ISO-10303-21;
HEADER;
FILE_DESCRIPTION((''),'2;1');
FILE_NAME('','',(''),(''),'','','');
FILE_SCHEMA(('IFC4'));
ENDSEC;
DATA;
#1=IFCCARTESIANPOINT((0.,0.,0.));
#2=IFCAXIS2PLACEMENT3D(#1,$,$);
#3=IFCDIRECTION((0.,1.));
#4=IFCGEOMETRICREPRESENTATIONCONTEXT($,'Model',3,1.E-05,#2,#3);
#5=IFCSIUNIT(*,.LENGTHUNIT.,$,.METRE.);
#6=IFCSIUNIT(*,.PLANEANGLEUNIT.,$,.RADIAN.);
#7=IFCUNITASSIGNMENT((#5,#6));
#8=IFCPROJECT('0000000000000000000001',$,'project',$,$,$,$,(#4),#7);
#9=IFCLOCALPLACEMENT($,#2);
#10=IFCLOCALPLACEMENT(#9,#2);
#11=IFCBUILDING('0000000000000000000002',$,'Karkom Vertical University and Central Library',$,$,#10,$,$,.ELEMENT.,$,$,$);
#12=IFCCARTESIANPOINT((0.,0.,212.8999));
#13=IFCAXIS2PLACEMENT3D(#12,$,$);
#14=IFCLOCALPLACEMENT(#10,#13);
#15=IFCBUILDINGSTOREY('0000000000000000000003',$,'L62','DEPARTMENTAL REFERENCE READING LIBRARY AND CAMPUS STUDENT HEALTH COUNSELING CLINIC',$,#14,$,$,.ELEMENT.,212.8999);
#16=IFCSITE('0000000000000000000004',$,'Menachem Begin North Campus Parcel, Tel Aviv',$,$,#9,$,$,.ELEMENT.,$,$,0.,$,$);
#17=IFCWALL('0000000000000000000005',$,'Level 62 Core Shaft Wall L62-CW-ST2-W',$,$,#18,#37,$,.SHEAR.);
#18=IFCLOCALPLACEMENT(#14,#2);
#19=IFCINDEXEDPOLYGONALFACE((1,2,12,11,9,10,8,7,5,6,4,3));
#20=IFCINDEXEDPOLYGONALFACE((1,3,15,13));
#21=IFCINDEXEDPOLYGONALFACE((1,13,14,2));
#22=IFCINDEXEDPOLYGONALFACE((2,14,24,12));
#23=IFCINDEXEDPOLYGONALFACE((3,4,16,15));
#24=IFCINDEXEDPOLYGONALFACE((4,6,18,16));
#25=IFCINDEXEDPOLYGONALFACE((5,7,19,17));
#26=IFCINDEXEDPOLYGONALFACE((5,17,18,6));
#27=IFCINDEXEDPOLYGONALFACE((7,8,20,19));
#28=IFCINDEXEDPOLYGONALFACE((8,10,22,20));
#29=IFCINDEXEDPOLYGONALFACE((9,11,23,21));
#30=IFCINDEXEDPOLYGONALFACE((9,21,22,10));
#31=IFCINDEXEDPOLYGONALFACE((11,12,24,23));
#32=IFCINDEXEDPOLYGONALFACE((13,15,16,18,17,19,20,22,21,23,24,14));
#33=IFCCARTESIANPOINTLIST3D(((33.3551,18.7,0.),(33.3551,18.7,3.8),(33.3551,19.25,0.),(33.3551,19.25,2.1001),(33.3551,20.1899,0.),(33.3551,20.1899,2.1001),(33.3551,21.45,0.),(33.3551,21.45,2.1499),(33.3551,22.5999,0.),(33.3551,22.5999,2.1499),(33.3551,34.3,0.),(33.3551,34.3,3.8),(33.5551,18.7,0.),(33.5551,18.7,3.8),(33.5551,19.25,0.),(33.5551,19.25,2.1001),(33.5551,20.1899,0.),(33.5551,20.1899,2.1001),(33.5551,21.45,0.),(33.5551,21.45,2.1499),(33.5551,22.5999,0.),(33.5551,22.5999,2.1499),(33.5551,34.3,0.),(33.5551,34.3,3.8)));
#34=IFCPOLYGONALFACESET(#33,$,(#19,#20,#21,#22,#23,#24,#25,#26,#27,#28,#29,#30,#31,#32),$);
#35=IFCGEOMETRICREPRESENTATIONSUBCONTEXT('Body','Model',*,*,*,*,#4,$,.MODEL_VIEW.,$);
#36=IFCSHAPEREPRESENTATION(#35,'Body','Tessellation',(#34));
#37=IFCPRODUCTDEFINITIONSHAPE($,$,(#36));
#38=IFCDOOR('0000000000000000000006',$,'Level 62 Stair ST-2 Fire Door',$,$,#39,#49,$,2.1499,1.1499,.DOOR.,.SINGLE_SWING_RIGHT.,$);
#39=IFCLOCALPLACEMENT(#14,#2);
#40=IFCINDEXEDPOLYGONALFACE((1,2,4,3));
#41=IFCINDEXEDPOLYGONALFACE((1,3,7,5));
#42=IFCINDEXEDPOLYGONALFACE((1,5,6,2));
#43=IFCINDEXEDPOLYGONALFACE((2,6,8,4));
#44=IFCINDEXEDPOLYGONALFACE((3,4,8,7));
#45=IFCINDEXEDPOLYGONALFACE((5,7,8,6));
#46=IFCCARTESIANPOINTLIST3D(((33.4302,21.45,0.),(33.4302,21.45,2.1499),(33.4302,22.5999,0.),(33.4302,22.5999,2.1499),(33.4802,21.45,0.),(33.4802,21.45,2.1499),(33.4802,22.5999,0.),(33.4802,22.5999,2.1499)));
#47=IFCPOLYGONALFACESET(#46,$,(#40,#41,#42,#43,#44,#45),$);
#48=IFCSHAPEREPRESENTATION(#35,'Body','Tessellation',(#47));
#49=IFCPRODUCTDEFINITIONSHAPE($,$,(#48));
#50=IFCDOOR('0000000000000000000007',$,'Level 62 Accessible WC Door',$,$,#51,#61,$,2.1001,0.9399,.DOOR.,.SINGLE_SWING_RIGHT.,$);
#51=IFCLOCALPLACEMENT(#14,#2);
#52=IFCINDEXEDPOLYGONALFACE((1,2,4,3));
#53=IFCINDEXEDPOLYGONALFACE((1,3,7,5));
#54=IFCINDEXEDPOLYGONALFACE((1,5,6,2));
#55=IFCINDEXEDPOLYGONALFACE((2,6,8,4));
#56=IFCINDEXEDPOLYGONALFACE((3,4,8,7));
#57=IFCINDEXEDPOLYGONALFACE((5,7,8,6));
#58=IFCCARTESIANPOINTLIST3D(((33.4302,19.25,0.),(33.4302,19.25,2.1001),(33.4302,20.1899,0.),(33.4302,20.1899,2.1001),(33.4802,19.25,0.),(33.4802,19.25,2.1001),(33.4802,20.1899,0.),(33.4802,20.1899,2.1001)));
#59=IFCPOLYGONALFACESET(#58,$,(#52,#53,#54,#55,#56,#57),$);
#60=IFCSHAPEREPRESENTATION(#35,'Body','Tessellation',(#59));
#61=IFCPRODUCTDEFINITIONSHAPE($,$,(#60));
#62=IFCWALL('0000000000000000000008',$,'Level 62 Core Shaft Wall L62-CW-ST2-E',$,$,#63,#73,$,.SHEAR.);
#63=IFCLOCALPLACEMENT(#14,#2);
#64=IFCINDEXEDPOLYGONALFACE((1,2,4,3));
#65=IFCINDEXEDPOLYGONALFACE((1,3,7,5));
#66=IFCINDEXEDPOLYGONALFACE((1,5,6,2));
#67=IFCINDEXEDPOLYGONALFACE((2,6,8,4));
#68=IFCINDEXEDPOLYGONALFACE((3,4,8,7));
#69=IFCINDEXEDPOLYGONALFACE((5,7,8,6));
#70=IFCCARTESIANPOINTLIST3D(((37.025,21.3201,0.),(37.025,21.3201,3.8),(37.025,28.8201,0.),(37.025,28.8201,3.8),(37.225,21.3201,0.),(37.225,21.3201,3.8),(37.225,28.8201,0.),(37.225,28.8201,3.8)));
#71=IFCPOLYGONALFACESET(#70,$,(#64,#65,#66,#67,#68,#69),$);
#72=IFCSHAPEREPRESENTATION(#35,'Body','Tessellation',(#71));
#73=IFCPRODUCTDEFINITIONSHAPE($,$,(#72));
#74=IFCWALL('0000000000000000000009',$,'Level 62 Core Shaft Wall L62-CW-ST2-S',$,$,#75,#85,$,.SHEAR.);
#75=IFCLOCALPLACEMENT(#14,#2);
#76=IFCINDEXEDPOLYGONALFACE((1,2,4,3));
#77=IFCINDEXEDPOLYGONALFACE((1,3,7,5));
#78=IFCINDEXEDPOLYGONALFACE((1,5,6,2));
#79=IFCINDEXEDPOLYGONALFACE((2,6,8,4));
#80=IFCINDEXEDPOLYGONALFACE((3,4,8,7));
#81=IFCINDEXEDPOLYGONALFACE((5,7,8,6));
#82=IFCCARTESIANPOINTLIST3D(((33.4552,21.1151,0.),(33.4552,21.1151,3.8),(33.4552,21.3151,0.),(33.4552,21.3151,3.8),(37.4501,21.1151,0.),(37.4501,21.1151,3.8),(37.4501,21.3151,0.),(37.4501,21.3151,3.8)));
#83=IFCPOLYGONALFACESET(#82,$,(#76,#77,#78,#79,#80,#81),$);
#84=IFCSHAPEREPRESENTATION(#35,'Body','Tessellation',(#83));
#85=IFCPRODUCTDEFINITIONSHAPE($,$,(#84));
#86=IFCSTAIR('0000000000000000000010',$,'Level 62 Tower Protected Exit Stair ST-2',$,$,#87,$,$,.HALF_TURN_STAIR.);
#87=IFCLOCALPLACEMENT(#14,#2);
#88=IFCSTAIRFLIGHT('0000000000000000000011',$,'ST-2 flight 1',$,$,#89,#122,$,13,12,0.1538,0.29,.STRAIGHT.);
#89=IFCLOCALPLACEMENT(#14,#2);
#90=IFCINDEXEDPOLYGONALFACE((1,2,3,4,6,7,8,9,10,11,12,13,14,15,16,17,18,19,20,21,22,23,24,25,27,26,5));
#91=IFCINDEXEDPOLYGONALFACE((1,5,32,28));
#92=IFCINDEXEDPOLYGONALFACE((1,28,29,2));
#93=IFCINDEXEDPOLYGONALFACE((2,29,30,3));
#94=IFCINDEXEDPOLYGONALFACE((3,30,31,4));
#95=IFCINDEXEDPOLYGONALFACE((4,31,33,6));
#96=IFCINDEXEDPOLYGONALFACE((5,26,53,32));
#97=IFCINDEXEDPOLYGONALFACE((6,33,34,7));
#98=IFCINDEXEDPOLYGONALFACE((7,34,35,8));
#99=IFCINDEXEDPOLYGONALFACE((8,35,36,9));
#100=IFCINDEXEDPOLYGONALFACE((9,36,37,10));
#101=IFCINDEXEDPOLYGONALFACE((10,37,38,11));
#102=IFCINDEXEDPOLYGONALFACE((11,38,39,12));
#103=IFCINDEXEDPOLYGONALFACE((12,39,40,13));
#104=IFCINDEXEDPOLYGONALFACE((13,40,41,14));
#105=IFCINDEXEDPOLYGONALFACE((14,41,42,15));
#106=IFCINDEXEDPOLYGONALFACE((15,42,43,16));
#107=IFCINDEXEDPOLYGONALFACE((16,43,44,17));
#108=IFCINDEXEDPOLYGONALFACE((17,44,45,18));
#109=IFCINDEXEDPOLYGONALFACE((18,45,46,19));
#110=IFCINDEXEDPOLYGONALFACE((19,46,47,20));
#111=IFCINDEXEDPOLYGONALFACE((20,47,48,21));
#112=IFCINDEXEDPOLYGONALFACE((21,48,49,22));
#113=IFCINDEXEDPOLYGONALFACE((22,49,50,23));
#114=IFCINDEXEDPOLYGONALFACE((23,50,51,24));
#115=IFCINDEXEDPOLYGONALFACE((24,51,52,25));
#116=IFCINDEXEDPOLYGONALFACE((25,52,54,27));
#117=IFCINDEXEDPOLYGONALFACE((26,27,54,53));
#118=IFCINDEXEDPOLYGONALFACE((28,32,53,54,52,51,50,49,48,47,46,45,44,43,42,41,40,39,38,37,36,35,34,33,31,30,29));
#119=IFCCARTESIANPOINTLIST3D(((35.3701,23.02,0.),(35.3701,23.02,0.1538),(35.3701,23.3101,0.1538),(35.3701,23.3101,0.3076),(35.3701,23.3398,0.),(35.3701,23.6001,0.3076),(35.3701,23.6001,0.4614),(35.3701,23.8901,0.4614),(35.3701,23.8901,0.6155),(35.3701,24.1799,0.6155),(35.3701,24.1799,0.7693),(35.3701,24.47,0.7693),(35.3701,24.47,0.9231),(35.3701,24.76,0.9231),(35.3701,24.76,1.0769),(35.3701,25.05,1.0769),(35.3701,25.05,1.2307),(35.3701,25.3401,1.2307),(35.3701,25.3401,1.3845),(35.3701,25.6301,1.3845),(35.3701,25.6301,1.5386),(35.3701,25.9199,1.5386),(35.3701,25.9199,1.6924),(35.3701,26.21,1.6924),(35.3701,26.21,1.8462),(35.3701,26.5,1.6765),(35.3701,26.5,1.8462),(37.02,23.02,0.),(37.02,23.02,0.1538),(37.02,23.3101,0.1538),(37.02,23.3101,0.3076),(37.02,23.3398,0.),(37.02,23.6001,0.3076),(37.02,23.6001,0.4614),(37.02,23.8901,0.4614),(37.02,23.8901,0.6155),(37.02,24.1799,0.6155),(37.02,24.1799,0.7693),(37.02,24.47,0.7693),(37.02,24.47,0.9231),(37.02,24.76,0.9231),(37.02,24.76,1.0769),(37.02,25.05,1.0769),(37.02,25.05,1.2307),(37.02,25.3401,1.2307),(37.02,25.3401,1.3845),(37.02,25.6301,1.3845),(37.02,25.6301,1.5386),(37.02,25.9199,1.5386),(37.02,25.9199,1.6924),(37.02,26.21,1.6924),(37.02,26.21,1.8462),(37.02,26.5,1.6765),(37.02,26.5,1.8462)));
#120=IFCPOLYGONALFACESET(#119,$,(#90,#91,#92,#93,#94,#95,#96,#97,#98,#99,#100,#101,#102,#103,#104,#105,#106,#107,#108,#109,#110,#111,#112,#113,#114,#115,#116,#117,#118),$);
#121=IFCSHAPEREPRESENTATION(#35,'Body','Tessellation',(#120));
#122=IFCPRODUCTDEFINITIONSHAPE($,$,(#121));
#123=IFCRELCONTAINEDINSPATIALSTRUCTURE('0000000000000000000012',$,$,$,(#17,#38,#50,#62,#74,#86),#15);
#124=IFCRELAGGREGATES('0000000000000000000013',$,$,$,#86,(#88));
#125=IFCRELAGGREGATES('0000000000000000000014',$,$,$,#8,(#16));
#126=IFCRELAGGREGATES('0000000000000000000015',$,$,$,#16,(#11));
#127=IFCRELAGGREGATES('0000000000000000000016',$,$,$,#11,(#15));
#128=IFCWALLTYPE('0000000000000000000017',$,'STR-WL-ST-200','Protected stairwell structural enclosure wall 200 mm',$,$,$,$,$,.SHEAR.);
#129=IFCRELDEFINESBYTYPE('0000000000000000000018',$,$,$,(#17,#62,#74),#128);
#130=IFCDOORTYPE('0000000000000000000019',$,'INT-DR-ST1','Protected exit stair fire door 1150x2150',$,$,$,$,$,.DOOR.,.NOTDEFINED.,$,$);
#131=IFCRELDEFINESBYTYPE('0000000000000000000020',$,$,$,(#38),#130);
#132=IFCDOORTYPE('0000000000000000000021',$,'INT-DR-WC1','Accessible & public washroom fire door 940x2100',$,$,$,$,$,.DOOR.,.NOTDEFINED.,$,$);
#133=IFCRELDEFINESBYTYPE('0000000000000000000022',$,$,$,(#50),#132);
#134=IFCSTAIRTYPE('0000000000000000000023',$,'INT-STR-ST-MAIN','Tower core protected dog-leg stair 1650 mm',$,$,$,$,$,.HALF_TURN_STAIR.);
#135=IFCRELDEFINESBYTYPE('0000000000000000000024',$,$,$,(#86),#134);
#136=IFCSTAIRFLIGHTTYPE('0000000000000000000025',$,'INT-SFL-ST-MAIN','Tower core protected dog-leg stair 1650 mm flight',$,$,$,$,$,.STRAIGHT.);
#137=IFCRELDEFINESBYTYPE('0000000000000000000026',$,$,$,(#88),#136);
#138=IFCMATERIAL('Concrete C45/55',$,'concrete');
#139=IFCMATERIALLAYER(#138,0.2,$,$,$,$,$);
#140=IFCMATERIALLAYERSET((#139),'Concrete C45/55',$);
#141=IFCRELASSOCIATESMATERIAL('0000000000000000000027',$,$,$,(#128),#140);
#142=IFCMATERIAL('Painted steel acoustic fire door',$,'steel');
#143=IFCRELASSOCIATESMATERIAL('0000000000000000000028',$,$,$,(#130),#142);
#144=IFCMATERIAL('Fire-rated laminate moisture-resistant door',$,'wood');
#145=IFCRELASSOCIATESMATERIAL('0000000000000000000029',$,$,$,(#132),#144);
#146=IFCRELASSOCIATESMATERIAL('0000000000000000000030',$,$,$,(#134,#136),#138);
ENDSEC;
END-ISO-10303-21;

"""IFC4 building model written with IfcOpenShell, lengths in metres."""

from ifc_helpers import new_model, si_unit, direction, frame, frame_2d, origin, origin_with_axes, place, context, subcontext, project, spatial, polyline, rectangle, outline, extrude, source, transform, mapped, material, layer, layer_set, type_object, element, fill, aggregate, save


model = new_model("IFC4")

# Units and contexts
model_context = context("Model", 3, precision=1e-05, world=origin(), true_north=direction((0.0, 1.0)))
body_context = subcontext(model_context, "Body", "Model", "MODEL_VIEW")
ifc_project = project(units=[si_unit("LENGTHUNIT", "METRE"), si_unit("PLANEANGLEUNIT", "RADIAN")], contexts=[model_context])

# Site, building, storey
site_placement = place(None, origin())
site = spatial("IfcSite", under=ifc_project, at=site_placement, Name="Menachem Begin North Campus Parcel, Tel Aviv", CompositionType="ELEMENT", RefElevation=0.0)
building_placement = place(site_placement, origin())
building = spatial("IfcBuilding", under=site, at=building_placement, Name="Karkom Vertical University and Central Library", CompositionType="ELEMENT")
storey_placement = place(building_placement, frame((0.0, 0.0, 212.8999)))
storey = spatial("IfcBuildingStorey", under=building, at=storey_placement, Name="L62", Description="DEPARTMENTAL REFERENCE READING LIBRARY AND CAMPUS STUDENT HEALTH COUNSELING CLINIC", CompositionType="ELEMENT", Elevation=212.8999)

# Shared definitions
ifc_material_1 = material(Name="Concrete C45/55", Category="concrete")

# Wall, openings, doors
ifc_layer_1 = layer(ifc_material_1, 0.2)
ifc_layer_set_1 = layer_set([ifc_layer_1], Name="Concrete C45/55")
wall_type_1 = type_object("IfcWallType", Name="STR-WL-ST-200", Description="Protected stairwell structural enclosure wall 200 mm", PredefinedType="SHEAR", material=ifc_layer_set_1)
wall_1_placement = place(storey_placement, frame((33.4551, 18.7, 0.0), z_axis=(0.0, 0.0, 1.0), x_axis=(0.0, 1.0, 0.0)))
wall_1 = element("IfcWall", 1, at=wall_1_placement, inside=storey, type_object=wall_type_1, Name="Level 62 Core Shaft Wall L62-CW-ST2-W", PredefinedType="SHEAR", context=body_context, shape_type="SweptSolid", body=[
    extrude(rectangle(XDim=15.6001, YDim=0.2, at=frame_2d((7.8, 0.0))), origin(), (0.0, 0.0, 1.0), 3.8),
])
opening_1_placement = place(wall_1_placement, frame((2.75, 0.0, 0.0)))
opening_1 = element("IfcOpeningElement", 2, at=opening_1_placement, cuts=wall_1, PredefinedType="OPENING", context=body_context, shape_type="SweptSolid", body=[
    extrude(rectangle(XDim=1.1499, YDim=2.1499, at=frame_2d((0.575, 1.075))), frame((0.0, 0.1099, 0.0), z_axis=(0.0, -1.0, 0.0), x_axis=(1.0, 0.0, 0.0)), (0.0, 0.0, 1.0), 0.22),
])
opening_2_placement = place(wall_1_placement, frame((0.55, 0.0, 0.0)))
opening_2 = element("IfcOpeningElement", 3, at=opening_2_placement, cuts=wall_1, PredefinedType="OPENING", context=body_context, shape_type="SweptSolid", body=[
    extrude(rectangle(XDim=0.9399, YDim=2.1001, at=frame_2d((0.47, 1.05))), frame((0.0, 0.1099, 0.0), z_axis=(0.0, -1.0, 0.0), x_axis=(1.0, 0.0, 0.0)), (0.0, 0.0, 1.0), 0.22),
])
ifc_material_2 = material(Name="Painted steel acoustic fire door", Category="steel")
door_type_1 = type_object("IfcDoorType", Name="INT-DR-ST1", Description="Protected exit stair fire door 1150x2150", OperationType="NOTDEFINED", PredefinedType="DOOR", material=ifc_material_2)
shared_shape_1 = source(origin_with_axes(), body_context, "Body", "SweptSolid", [
    extrude(rectangle(XDim=1.1499, YDim=2.1499, at=frame_2d((0.575, 1.075))), frame((0.0, 0.0249, 0.0), z_axis=(0.0, -1.0, 0.0), x_axis=(1.0, 0.0, 0.0)), (0.0, 0.0, 1.0), 0.05),
])
door_1_placement = place(opening_1_placement, origin())
door_1 = element("IfcDoor", 4, at=door_1_placement, inside=storey, type_object=door_type_1, Name="Level 62 Stair ST-2 Fire Door", OperationType="SINGLE_SWING_RIGHT", OverallHeight=2.1499, OverallWidth=1.1499, PredefinedType="DOOR", context=body_context, shape_type="MappedRepresentation", body=[
    mapped(shared_shape_1, transform((0.0, 0.0, 0.0), scale=1.0)),
])
fill(opening_1, door_1)
ifc_material_3 = material(Name="Fire-rated laminate moisture-resistant door", Category="wood")
door_type_2 = type_object("IfcDoorType", Name="INT-DR-WC1", Description="Accessible & public washroom fire door 940x2100", OperationType="NOTDEFINED", PredefinedType="DOOR", material=ifc_material_3)
shared_shape_2 = source(origin_with_axes(), body_context, "Body", "SweptSolid", [
    extrude(rectangle(XDim=0.9399, YDim=2.1001, at=frame_2d((0.47, 1.05))), frame((0.0, 0.0249, 0.0), z_axis=(0.0, -1.0, 0.0), x_axis=(1.0, 0.0, 0.0)), (0.0, 0.0, 1.0), 0.05),
])
door_2_placement = place(opening_2_placement, origin())
door_2 = element("IfcDoor", 5, at=door_2_placement, inside=storey, type_object=door_type_2, Name="Level 62 Accessible WC Door", OperationType="SINGLE_SWING_RIGHT", OverallHeight=2.1001, OverallWidth=0.9399, PredefinedType="DOOR", context=body_context, shape_type="MappedRepresentation", body=[
    mapped(shared_shape_2, transform((0.0, 0.0, 0.0), scale=1.0)),
])
fill(opening_2, door_2)

# Walls
wall_2_placement = place(storey_placement, frame((37.125, 21.3201, 0.0), z_axis=(0.0, 0.0, 1.0), x_axis=(0.0, 1.0, 0.0)))
element("IfcWall", 6, at=wall_2_placement, inside=storey, type_object=wall_type_1, Name="Level 62 Core Shaft Wall L62-CW-ST2-E", PredefinedType="SHEAR", context=body_context, shape_type="SweptSolid", body=[
    extrude(rectangle(XDim=7.5, YDim=0.2, at=frame_2d((3.75, 0.0))), origin(), (0.0, 0.0, 1.0), 3.8),
])
wall_3_placement = place(storey_placement, frame((33.4551, 21.2151, 0.0), z_axis=(0.0, 0.0, 1.0), x_axis=(1.0, 0.0, 0.0)))
element("IfcWall", 7, at=wall_3_placement, inside=storey, type_object=wall_type_1, Name="Level 62 Core Shaft Wall L62-CW-ST2-S", PredefinedType="SHEAR", context=body_context, shape_type="SweptSolid", body=[
    extrude(rectangle(XDim=3.9949, YDim=0.2, at=frame_2d((1.9976, 0.0))), origin(), (0.0, 0.0, 1.0), 3.8),
])

# Stair, stair flight
stair_type = type_object("IfcStairType", Name="INT-STR-ST-MAIN", Description="Tower core protected dog-leg stair 1650 mm", PredefinedType="HALF_TURN_STAIR", material=ifc_material_1)
stair_placement = place(storey_placement, origin())
stair = element("IfcStair", 8, at=stair_placement, inside=storey, type_object=stair_type, Name="Level 62 Tower Protected Exit Stair ST-2", PredefinedType="HALF_TURN_STAIR")
stair_flight_type = type_object("IfcStairFlightType", Name="INT-SFL-ST-MAIN", Description="Tower core protected dog-leg stair 1650 mm flight", PredefinedType="STRAIGHT", material=ifc_material_1)
stair_flight_placement = place(storey_placement, frame((36.1951, 23.02, 0.0), z_axis=(0.0, 0.0, 1.0), x_axis=(0.0, 1.0, 0.0)))
stair_flight = element("IfcStairFlight", 9, at=stair_flight_placement, type_object=stair_flight_type, Name="ST-2 flight 1", NumberOfRisers=13, NumberOfTreads=12, PredefinedType="STRAIGHT", RiserHeight=0.1538, TreadLength=0.29, context=body_context, shape_type="SweptSolid", body=[
    extrude(outline(polyline([(0.0, 0.0), (0.0, 0.1538), (0.29, 0.1538), (0.29, 0.3076), (0.5801, 0.3076), (0.5801, 0.4614), (0.8701, 0.4614), (0.8701, 0.6155), (1.1599, 0.6155), (1.1599, 0.7693), (1.45, 0.7693), (1.45, 0.9231), (1.74, 0.9231), (1.74, 1.0769), (2.03, 1.0769), (2.03, 1.2307), (2.3201, 1.2307), (2.3201, 1.3845), (2.6101, 1.3845), (2.6101, 1.5386), (2.8999, 1.5386), (2.8999, 1.6924), (3.1899, 1.6924), (3.1899, 1.8462), (3.48, 1.8462), (3.48, 2.0), (3.48, 1.6765), (0.3198, 0.0), (0.0, 0.0)])), frame((0.0, 0.825, 0.0), z_axis=(0.0, -1.0, 0.0), x_axis=(1.0, 0.0, 0.0)), (0.0, 0.0, 1.0), 1.6499),
])
aggregate(stair, [stair_flight])

save(model, "model.ifc")
